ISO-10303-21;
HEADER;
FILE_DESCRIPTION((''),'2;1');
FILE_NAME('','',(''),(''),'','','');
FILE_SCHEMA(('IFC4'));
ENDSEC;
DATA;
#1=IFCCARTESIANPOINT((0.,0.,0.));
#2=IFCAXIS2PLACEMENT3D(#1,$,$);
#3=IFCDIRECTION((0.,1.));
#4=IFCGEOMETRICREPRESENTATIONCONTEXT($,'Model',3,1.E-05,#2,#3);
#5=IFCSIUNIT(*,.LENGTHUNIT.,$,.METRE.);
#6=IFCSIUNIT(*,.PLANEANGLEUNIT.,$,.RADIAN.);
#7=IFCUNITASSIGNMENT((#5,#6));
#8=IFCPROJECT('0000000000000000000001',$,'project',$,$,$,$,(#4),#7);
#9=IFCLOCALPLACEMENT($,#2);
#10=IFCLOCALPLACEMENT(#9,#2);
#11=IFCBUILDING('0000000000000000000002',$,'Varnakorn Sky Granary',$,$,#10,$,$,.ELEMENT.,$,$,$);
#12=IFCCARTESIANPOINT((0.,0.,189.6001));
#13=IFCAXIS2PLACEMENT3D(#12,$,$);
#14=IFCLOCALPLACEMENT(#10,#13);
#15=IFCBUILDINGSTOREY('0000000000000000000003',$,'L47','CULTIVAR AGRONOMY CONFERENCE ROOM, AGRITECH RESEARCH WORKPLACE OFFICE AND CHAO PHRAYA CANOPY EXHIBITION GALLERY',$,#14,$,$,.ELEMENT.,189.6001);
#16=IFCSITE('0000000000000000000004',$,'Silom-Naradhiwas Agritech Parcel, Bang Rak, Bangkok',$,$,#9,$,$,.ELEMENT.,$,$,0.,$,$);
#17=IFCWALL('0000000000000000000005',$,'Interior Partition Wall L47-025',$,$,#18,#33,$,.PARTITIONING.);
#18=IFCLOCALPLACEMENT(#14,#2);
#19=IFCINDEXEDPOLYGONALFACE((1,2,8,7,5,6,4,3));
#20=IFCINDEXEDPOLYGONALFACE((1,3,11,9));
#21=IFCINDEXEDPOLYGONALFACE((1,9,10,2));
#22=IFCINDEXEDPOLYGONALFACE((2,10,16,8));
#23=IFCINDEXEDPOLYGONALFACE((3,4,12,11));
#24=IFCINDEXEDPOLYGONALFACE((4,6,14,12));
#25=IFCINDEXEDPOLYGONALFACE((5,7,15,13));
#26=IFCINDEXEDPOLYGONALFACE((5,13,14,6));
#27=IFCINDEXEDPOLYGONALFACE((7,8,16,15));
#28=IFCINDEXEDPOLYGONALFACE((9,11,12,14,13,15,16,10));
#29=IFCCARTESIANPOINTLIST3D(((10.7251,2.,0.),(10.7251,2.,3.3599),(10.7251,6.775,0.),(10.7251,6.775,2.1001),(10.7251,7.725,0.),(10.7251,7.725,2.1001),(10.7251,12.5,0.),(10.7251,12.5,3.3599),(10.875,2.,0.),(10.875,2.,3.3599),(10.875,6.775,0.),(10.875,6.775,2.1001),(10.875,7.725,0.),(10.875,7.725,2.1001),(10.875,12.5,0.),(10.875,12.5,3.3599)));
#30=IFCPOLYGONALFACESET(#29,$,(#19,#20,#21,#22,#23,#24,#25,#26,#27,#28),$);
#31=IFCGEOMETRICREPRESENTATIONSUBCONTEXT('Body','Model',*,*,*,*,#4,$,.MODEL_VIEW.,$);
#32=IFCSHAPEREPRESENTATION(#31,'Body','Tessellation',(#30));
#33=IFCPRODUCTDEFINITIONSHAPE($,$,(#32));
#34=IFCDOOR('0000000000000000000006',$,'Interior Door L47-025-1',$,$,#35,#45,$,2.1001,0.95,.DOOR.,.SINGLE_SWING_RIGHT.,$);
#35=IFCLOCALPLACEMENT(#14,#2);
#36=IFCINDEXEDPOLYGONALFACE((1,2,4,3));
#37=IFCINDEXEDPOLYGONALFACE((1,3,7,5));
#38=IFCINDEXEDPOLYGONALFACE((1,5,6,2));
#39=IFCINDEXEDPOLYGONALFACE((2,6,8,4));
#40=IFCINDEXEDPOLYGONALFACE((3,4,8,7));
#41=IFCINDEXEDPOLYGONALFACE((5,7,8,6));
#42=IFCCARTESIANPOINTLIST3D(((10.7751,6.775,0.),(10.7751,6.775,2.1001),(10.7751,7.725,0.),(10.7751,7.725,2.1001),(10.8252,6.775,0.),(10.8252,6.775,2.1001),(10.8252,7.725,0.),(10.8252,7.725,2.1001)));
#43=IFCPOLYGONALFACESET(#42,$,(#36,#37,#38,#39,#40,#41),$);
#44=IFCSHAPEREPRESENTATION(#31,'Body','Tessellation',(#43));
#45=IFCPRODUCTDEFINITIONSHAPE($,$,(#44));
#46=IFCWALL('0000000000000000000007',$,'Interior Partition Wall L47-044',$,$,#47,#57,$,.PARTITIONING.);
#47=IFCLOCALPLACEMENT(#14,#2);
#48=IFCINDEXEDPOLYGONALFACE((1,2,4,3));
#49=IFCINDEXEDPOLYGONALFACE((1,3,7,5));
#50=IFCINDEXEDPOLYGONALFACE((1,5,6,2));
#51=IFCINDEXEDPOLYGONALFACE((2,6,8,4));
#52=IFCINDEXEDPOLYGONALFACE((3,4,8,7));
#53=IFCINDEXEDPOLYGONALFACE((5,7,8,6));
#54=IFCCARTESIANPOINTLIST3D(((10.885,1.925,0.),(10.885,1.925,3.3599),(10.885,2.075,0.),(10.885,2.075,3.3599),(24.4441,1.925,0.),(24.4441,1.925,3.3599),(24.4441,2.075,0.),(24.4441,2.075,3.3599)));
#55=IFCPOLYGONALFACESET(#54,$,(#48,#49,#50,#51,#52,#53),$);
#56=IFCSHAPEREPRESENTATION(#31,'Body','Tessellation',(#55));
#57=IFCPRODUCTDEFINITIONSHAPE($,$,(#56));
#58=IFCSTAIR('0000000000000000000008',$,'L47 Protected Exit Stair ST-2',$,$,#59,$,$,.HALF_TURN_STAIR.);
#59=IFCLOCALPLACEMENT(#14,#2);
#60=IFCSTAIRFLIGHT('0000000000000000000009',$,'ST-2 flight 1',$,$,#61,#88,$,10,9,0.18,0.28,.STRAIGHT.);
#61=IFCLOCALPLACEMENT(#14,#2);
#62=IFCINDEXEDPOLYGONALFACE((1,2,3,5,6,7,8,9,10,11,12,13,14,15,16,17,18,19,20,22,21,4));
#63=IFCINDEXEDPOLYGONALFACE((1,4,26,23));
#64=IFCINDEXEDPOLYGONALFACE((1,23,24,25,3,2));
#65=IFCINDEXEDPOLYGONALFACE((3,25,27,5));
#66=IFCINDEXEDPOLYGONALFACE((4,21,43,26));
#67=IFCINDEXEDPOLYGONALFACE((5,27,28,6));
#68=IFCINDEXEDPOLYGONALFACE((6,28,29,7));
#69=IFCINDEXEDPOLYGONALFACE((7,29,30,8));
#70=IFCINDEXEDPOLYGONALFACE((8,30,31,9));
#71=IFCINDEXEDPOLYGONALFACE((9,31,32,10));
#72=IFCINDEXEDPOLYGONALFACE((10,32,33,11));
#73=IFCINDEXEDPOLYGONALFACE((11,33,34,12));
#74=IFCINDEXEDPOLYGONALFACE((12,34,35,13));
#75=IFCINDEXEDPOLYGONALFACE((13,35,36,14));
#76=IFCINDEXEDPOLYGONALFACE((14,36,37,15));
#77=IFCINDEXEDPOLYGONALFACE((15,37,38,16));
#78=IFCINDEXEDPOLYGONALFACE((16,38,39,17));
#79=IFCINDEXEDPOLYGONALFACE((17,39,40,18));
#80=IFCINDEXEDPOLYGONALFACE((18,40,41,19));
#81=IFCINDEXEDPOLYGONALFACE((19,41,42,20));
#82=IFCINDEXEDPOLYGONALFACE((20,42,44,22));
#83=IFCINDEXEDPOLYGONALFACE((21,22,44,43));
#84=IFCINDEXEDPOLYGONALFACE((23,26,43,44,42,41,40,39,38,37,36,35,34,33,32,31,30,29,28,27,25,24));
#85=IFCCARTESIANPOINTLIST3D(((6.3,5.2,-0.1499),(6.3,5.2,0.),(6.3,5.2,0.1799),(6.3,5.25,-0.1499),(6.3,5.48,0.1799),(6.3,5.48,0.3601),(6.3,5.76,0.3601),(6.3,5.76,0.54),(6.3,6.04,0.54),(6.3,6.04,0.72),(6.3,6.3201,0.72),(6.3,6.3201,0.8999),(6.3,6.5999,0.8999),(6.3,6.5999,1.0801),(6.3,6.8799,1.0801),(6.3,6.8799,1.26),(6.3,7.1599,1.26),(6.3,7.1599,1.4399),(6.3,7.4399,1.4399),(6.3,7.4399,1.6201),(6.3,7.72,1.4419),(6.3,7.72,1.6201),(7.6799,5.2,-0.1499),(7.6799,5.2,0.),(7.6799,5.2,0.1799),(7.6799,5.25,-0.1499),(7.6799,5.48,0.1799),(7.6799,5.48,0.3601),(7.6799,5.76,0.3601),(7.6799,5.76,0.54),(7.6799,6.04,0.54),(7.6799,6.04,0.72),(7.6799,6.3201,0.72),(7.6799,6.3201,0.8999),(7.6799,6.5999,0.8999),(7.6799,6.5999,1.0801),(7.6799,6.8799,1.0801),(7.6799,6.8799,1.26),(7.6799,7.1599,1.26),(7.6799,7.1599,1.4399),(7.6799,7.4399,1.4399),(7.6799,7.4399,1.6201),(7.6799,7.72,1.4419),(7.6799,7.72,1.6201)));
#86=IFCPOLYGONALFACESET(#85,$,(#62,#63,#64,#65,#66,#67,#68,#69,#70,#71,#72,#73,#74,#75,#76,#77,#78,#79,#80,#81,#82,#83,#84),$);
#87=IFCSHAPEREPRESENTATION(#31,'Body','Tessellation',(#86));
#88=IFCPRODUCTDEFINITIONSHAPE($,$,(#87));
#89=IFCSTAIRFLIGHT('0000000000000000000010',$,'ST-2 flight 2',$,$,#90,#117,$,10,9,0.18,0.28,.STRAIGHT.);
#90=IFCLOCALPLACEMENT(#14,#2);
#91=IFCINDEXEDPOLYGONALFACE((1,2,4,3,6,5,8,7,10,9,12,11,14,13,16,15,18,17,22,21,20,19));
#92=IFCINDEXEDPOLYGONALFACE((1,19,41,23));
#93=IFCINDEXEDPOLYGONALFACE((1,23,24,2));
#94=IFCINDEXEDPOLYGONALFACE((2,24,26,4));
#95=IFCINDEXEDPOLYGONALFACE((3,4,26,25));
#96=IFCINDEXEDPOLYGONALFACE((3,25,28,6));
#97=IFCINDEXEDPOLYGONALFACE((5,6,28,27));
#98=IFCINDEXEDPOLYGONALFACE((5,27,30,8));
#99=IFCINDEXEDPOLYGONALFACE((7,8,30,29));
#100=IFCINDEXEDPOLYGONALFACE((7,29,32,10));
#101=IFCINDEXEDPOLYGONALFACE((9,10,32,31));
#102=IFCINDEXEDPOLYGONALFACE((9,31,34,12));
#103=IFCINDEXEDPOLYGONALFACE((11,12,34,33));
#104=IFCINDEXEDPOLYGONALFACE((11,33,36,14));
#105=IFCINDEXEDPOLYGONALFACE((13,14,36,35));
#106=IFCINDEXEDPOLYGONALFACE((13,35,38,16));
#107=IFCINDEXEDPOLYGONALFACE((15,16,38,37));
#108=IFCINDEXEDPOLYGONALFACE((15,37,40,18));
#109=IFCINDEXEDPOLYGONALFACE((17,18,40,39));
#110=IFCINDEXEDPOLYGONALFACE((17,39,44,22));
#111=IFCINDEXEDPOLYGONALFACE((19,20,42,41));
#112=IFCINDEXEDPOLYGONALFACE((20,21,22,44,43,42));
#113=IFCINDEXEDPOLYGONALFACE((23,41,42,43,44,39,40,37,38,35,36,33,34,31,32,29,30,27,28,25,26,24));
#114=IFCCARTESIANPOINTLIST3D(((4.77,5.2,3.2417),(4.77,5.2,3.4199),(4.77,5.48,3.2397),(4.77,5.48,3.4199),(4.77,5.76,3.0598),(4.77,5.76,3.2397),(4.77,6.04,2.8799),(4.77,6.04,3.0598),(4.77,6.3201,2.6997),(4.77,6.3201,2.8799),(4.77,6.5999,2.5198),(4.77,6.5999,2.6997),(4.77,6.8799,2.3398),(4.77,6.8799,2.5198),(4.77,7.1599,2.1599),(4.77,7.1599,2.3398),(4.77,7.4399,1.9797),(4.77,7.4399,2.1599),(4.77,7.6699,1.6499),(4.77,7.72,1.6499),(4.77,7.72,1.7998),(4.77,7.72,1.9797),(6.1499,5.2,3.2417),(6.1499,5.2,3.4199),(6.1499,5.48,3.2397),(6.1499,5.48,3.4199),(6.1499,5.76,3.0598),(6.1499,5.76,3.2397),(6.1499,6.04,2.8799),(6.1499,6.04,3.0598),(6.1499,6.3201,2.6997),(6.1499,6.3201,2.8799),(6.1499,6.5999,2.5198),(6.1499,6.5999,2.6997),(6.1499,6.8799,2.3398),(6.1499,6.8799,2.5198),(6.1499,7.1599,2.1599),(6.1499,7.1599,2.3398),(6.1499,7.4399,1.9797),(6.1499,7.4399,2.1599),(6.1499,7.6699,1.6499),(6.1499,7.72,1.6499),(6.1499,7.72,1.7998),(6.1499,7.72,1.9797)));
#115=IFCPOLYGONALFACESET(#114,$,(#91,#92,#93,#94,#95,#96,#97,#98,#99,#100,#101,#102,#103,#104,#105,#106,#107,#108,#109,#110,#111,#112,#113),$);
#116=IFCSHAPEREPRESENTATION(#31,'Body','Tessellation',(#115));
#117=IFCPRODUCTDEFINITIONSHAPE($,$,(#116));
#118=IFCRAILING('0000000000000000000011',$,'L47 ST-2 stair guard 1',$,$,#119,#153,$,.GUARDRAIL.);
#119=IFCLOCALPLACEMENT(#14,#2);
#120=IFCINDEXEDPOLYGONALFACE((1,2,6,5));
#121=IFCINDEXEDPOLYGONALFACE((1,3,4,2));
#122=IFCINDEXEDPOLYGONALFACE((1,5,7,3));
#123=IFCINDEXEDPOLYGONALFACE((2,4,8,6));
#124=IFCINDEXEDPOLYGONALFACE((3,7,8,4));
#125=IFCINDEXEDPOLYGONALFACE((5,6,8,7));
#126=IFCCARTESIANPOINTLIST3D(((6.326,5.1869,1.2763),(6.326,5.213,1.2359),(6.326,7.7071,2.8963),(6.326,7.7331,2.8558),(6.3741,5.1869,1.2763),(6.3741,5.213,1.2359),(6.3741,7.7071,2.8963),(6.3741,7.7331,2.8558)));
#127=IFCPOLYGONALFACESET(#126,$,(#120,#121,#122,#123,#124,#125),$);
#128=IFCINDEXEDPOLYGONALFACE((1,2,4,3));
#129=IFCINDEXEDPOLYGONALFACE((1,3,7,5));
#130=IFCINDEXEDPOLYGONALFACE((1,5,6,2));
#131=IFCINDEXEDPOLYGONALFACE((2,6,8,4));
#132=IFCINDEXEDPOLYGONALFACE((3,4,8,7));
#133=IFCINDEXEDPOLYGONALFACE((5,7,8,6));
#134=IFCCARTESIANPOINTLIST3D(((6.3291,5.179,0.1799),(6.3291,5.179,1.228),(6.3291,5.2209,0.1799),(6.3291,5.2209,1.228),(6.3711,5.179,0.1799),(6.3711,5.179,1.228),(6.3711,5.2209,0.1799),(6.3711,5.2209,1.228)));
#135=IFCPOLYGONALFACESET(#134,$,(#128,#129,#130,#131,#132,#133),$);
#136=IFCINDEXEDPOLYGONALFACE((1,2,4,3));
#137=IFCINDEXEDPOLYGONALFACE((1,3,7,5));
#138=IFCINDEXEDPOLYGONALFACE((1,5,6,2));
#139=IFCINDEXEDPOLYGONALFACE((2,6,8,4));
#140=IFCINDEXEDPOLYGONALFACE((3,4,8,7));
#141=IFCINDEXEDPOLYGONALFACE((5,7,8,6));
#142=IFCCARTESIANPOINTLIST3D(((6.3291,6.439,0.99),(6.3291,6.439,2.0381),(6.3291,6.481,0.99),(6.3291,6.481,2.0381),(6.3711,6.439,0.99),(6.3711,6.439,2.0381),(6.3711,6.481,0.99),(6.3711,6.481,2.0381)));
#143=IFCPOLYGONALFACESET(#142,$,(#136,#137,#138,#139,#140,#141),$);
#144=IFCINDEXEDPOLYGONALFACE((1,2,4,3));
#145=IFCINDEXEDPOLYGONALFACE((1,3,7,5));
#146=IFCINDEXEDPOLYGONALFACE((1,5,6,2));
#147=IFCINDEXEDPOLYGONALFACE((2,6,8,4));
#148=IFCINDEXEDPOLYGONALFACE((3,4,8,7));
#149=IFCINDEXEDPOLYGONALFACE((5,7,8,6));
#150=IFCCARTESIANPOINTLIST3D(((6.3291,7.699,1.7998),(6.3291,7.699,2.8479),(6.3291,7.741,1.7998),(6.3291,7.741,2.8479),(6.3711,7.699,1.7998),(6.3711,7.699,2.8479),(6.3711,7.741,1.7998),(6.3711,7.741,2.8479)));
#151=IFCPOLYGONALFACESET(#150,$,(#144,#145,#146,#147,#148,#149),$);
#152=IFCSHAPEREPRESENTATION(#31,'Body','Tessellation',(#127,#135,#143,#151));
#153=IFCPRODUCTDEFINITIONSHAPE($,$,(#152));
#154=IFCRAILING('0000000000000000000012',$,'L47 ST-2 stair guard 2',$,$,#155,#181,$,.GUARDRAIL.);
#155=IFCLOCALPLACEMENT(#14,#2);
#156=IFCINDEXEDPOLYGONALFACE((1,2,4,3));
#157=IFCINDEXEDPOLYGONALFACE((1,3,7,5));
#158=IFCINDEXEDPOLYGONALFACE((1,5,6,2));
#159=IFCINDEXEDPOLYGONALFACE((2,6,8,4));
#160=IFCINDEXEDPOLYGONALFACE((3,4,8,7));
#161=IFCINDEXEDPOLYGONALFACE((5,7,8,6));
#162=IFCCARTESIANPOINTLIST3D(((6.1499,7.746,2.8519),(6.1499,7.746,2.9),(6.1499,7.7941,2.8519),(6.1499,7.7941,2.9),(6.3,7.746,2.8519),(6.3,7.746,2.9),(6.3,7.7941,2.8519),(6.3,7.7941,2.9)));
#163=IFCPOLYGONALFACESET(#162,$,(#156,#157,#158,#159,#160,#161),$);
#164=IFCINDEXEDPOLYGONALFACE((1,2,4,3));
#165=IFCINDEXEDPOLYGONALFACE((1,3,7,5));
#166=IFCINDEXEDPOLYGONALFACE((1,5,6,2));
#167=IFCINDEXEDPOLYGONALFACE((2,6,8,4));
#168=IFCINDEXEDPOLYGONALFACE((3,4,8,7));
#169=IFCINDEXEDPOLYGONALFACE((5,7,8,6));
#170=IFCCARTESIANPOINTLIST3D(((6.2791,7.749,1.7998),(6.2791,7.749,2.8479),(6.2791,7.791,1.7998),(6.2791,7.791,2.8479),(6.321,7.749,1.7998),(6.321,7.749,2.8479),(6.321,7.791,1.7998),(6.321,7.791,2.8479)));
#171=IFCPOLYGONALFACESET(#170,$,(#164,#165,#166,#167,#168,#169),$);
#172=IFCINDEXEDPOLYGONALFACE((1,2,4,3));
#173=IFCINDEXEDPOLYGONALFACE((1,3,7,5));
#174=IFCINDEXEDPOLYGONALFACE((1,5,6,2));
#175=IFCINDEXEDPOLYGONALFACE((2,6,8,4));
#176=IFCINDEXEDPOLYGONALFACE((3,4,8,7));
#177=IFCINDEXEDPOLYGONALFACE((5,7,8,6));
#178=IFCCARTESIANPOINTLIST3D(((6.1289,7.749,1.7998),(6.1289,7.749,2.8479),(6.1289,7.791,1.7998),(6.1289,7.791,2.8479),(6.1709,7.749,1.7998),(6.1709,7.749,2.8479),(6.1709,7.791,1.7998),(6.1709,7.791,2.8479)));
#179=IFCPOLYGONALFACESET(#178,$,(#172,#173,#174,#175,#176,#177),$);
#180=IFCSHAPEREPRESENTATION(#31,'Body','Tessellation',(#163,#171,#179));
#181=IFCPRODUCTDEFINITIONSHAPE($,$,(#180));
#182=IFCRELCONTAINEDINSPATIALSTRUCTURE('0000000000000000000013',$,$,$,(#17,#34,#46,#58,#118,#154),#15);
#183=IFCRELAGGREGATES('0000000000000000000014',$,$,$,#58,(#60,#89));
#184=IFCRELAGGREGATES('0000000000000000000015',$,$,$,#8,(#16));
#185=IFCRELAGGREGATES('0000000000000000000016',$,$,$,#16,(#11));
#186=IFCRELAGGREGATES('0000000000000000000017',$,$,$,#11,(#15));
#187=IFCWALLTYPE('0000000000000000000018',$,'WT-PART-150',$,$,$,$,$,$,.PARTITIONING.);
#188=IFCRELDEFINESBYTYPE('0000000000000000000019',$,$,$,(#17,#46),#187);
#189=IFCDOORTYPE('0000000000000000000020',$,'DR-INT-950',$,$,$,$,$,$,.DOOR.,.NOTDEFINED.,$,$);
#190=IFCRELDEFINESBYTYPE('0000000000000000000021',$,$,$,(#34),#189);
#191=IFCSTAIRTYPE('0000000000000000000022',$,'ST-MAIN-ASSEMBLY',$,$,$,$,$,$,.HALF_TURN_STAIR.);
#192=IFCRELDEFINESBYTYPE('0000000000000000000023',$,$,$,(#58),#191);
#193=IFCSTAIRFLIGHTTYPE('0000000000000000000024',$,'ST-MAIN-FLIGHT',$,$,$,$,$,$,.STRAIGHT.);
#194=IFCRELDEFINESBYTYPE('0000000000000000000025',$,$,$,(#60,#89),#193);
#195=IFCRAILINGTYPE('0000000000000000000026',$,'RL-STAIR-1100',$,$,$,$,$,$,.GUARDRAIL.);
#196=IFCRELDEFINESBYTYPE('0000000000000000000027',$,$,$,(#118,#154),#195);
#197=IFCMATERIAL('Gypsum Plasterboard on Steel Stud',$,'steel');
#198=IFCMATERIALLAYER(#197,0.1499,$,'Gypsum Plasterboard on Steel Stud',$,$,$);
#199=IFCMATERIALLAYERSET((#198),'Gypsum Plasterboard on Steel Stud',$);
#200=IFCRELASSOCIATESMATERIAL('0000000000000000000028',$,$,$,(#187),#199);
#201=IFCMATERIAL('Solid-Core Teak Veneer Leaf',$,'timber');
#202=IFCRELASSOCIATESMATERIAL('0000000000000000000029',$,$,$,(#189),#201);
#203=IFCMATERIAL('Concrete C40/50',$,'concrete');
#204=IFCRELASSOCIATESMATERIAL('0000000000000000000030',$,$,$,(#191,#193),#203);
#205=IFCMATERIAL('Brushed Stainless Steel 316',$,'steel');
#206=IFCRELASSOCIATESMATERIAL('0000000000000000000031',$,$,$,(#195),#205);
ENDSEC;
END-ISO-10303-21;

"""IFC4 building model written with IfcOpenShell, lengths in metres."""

from ifc_helpers import new_model, si_unit, direction, frame, frame_2d, origin, origin_2d, place, context, subcontext, project, spatial, polyline, rectangle, outline, extrude, material, layer, layer_set, type_object, element, fill, aggregate, save


model = new_model("IFC4")

# Units and contexts
model_context = context("Model", 3, precision=1e-05, world=origin(), true_north=direction((0.0, 1.0)))
body_context = subcontext(model_context, "Body", "Model", "MODEL_VIEW")
ifc_project = project(units=[si_unit("LENGTHUNIT", "METRE"), si_unit("PLANEANGLEUNIT", "RADIAN")], contexts=[model_context])

# Site, building, storey
site_placement = place(None, origin())
site = spatial("IfcSite", under=ifc_project, at=site_placement, Name="Silom-Naradhiwas Agritech Parcel, Bang Rak, Bangkok", CompositionType="ELEMENT", RefElevation=0.0)
building_placement = place(site_placement, origin())
building = spatial("IfcBuilding", under=site, at=building_placement, Name="Varnakorn Sky Granary", CompositionType="ELEMENT")
storey_placement = place(building_placement, frame((0.0, 0.0, 189.6001)))
storey = spatial("IfcBuildingStorey", under=building, at=storey_placement, Name="L47", Description="CULTIVAR AGRONOMY CONFERENCE ROOM, AGRITECH RESEARCH WORKPLACE OFFICE AND CHAO PHRAYA CANOPY EXHIBITION GALLERY", CompositionType="ELEMENT", Elevation=189.6001)

# Wall, opening, door
ifc_material_1 = material(Name="Gypsum Plasterboard on Steel Stud", Category="steel")
ifc_layer_1 = layer(ifc_material_1, 0.1499, Name="Gypsum Plasterboard on Steel Stud")
ifc_layer_set_1 = layer_set([ifc_layer_1], Name="Gypsum Plasterboard on Steel Stud")
wall_type_1 = type_object("IfcWallType", Name="WT-PART-150", PredefinedType="PARTITIONING", material=ifc_layer_set_1)
wall_1_placement = place(storey_placement, frame((10.8, 2.0, 0.0), z_axis=(0.0, 0.0, 1.0), x_axis=(0.0, 1.0, 0.0)))
wall_1 = element("IfcWall", 1, at=wall_1_placement, inside=storey, type_object=wall_type_1, Name="Interior Partition Wall L47-025", PredefinedType="PARTITIONING", context=body_context, shape_type="SweptSolid", body=[
    extrude(rectangle(XDim=10.5, YDim=0.1499, at=frame_2d((5.25, 0.0))), origin(), (0.0, 0.0, 1.0), 3.3599),
])
opening_1_placement = place(wall_1_placement, frame((4.7749, 0.0, 0.0)))
opening_1 = element("IfcOpeningElement", 2, at=opening_1_placement, cuts=wall_1, PredefinedType="OPENING", context=body_context, shape_type="SweptSolid", body=[
    extrude(rectangle(XDim=0.95, YDim=2.1001, at=frame_2d((0.4751, 1.05))), frame((0.0, 0.085, 0.0), z_axis=(0.0, -1.0, 0.0), x_axis=(1.0, 0.0, 0.0)), (0.0, 0.0, 1.0), 0.1699),
])
ifc_material_2 = material(Name="Solid-Core Teak Veneer Leaf", Category="timber")
door_type_1 = type_object("IfcDoorType", Name="DR-INT-950", OperationType="NOTDEFINED", PredefinedType="DOOR", material=ifc_material_2)
door_1_placement = place(opening_1_placement, origin())
door_1 = element("IfcDoor", 3, at=door_1_placement, inside=storey, type_object=door_type_1, Name="Interior Door L47-025-1", OperationType="SINGLE_SWING_RIGHT", OverallHeight=2.1001, OverallWidth=0.95, PredefinedType="DOOR", context=body_context, shape_type="SweptSolid", body=[
    extrude(rectangle(XDim=0.95, YDim=2.1001, at=frame_2d((0.4751, 1.05))), frame((0.0, 0.0249, 0.0), z_axis=(0.0, -1.0, 0.0), x_axis=(1.0, 0.0, 0.0)), (0.0, 0.0, 1.0), 0.05),
])
fill(opening_1, door_1)

# Wall
wall_2_placement = place(storey_placement, frame((10.885, 2.0, 0.0), z_axis=(0.0, 0.0, 1.0), x_axis=(1.0, 0.0, 0.0)))
element("IfcWall", 4, at=wall_2_placement, inside=storey, type_object=wall_type_1, Name="Interior Partition Wall L47-044", PredefinedType="PARTITIONING", context=body_context, shape_type="SweptSolid", body=[
    extrude(rectangle(XDim=13.5591, YDim=0.1499, at=frame_2d((6.7795, 0.0))), origin(), (0.0, 0.0, 1.0), 3.3599),
])

# Stair, stair flights
ifc_material_3 = material(Name="Concrete C40/50", Category="concrete")
stair_type = type_object("IfcStairType", Name="ST-MAIN-ASSEMBLY", PredefinedType="HALF_TURN_STAIR", material=ifc_material_3)
stair_placement = place(storey_placement, origin())
stair = element("IfcStair", 5, at=stair_placement, inside=storey, type_object=stair_type, Name="L47 Protected Exit Stair ST-2", PredefinedType="HALF_TURN_STAIR")
stair_flight_type = type_object("IfcStairFlightType", Name="ST-MAIN-FLIGHT", PredefinedType="STRAIGHT", material=ifc_material_3)
stair_flight_1_placement = place(storey_placement, frame((6.99, 5.2, 0.0), z_axis=(0.0, 0.0, 1.0), x_axis=(0.0, 1.0, 0.0)))
stair_flight_1 = element("IfcStairFlight", 6, at=stair_flight_1_placement, type_object=stair_flight_type, Name="ST-2 flight 1", NumberOfRisers=10, NumberOfTreads=9, PredefinedType="STRAIGHT", RiserHeight=0.18, TreadLength=0.28, context=body_context, shape_type="SweptSolid", body=[
    extrude(outline(polyline([(0.0, -0.1499), (0.0, 0.0), (0.0, 0.1799), (0.28, 0.1799), (0.28, 0.3601), (0.5601, 0.3601), (0.5601, 0.54), (0.8401, 0.54), (0.8401, 0.72), (1.1201, 0.72), (1.1201, 0.8999), (1.3999, 0.8999), (1.3999, 1.0801), (1.6799, 1.0801), (1.6799, 1.26), (1.96, 1.26), (1.96, 1.4399), (2.24, 1.4399), (2.24, 1.6201), (2.52, 1.6201), (2.52, 1.8), (2.52, 1.4419), (0.05, -0.1499), (0.0, -0.1499)])), frame((0.0, 0.6899, 0.0), z_axis=(0.0, -1.0, 0.0), x_axis=(1.0, 0.0, 0.0)), (0.0, 0.0, 1.0), 1.3799),
])
stair_flight_2_placement = place(storey_placement, frame((5.46, 7.72, 1.7998), z_axis=(0.0, 0.0, 1.0), x_axis=(0.0, -1.0, 0.0)))
stair_flight_2 = element("IfcStairFlight", 7, at=stair_flight_2_placement, type_object=stair_flight_type, Name="ST-2 flight 2", NumberOfRisers=10, NumberOfTreads=9, PredefinedType="STRAIGHT", RiserHeight=0.18, TreadLength=0.28, context=body_context, shape_type="SweptSolid", body=[
    extrude(outline(polyline([(0.0, -0.1499), (0.0, 0.0), (0.0, 0.1799), (0.28, 0.1799), (0.28, 0.3601), (0.5601, 0.3601), (0.5601, 0.54), (0.8401, 0.54), (0.8401, 0.72), (1.1201, 0.72), (1.1201, 0.8999), (1.3999, 0.8999), (1.3999, 1.0801), (1.6799, 1.0801), (1.6799, 1.26), (1.96, 1.26), (1.96, 1.4399), (2.24, 1.4399), (2.24, 1.6201), (2.52, 1.6201), (2.52, 1.8), (2.52, 1.4419), (0.05, -0.1499), (0.0, -0.1499)])), frame((0.0, 0.6899, 0.0), z_axis=(0.0, -1.0, 0.0), x_axis=(1.0, 0.0, 0.0)), (0.0, 0.0, 1.0), 1.3799),
])
aggregate(stair, [stair_flight_1, stair_flight_2])

# Railings
ifc_material_4 = material(Name="Brushed Stainless Steel 316", Category="steel")
railing_type_1 = type_object("IfcRailingType", Name="RL-STAIR-1100", PredefinedType="GUARDRAIL", material=ifc_material_4)
railing_1_placement = place(storey_placement, frame((6.3501, 5.2, 0.1799)))
element("IfcRailing", 8, at=railing_1_placement, inside=storey, type_object=railing_type_1, Name="L47 ST-2 stair guard 1", PredefinedType="GUARDRAIL", context=body_context, shape_type="SweptSolid", body=[
    extrude(rectangle(XDim=0.0481, YDim=0.0481, at=origin_2d()), frame((0.0, 0.0, 1.0762), z_axis=(0.0, 0.8412, 0.540725), x_axis=(-1.0, 0.0, 0.0)), (0.0, 0.0, 1.0), 2.9958),
    extrude(rectangle(XDim=0.042, YDim=0.042, at=origin_2d()), origin(), (0.0, 0.0, 1.0), 1.0481),
    extrude(rectangle(XDim=0.042, YDim=0.042, at=origin_2d()), frame((0.0, 1.26, 0.8101)), (0.0, 0.0, 1.0), 1.0481),
    extrude(rectangle(XDim=0.042, YDim=0.042, at=origin_2d()), frame((0.0, 2.52, 1.6199)), (0.0, 0.0, 1.0), 1.0481),
])
railing_2_placement = place(storey_placement, frame((6.3, 7.77, 1.7998)))
element("IfcRailing", 9, at=railing_2_placement, inside=storey, type_object=railing_type_1, Name="L47 ST-2 stair guard 2", PredefinedType="GUARDRAIL", context=body_context, shape_type="SweptSolid", body=[
    extrude(rectangle(XDim=0.0481, YDim=0.0481, at=origin_2d()), frame((0.0, 0.0, 1.0762), z_axis=(-1.0, 0.0, 0.0), x_axis=(0.0, -1.0, 0.0)), (0.0, 0.0, 1.0), 0.1501),
    extrude(rectangle(XDim=0.042, YDim=0.042, at=origin_2d()), origin(), (0.0, 0.0, 1.0), 1.0481),
    extrude(rectangle(XDim=0.042, YDim=0.042, at=origin_2d()), frame((-0.1501, 0.0, 0.0)), (0.0, 0.0, 1.0), 1.0481),
])

save(model, "model.ifc")
